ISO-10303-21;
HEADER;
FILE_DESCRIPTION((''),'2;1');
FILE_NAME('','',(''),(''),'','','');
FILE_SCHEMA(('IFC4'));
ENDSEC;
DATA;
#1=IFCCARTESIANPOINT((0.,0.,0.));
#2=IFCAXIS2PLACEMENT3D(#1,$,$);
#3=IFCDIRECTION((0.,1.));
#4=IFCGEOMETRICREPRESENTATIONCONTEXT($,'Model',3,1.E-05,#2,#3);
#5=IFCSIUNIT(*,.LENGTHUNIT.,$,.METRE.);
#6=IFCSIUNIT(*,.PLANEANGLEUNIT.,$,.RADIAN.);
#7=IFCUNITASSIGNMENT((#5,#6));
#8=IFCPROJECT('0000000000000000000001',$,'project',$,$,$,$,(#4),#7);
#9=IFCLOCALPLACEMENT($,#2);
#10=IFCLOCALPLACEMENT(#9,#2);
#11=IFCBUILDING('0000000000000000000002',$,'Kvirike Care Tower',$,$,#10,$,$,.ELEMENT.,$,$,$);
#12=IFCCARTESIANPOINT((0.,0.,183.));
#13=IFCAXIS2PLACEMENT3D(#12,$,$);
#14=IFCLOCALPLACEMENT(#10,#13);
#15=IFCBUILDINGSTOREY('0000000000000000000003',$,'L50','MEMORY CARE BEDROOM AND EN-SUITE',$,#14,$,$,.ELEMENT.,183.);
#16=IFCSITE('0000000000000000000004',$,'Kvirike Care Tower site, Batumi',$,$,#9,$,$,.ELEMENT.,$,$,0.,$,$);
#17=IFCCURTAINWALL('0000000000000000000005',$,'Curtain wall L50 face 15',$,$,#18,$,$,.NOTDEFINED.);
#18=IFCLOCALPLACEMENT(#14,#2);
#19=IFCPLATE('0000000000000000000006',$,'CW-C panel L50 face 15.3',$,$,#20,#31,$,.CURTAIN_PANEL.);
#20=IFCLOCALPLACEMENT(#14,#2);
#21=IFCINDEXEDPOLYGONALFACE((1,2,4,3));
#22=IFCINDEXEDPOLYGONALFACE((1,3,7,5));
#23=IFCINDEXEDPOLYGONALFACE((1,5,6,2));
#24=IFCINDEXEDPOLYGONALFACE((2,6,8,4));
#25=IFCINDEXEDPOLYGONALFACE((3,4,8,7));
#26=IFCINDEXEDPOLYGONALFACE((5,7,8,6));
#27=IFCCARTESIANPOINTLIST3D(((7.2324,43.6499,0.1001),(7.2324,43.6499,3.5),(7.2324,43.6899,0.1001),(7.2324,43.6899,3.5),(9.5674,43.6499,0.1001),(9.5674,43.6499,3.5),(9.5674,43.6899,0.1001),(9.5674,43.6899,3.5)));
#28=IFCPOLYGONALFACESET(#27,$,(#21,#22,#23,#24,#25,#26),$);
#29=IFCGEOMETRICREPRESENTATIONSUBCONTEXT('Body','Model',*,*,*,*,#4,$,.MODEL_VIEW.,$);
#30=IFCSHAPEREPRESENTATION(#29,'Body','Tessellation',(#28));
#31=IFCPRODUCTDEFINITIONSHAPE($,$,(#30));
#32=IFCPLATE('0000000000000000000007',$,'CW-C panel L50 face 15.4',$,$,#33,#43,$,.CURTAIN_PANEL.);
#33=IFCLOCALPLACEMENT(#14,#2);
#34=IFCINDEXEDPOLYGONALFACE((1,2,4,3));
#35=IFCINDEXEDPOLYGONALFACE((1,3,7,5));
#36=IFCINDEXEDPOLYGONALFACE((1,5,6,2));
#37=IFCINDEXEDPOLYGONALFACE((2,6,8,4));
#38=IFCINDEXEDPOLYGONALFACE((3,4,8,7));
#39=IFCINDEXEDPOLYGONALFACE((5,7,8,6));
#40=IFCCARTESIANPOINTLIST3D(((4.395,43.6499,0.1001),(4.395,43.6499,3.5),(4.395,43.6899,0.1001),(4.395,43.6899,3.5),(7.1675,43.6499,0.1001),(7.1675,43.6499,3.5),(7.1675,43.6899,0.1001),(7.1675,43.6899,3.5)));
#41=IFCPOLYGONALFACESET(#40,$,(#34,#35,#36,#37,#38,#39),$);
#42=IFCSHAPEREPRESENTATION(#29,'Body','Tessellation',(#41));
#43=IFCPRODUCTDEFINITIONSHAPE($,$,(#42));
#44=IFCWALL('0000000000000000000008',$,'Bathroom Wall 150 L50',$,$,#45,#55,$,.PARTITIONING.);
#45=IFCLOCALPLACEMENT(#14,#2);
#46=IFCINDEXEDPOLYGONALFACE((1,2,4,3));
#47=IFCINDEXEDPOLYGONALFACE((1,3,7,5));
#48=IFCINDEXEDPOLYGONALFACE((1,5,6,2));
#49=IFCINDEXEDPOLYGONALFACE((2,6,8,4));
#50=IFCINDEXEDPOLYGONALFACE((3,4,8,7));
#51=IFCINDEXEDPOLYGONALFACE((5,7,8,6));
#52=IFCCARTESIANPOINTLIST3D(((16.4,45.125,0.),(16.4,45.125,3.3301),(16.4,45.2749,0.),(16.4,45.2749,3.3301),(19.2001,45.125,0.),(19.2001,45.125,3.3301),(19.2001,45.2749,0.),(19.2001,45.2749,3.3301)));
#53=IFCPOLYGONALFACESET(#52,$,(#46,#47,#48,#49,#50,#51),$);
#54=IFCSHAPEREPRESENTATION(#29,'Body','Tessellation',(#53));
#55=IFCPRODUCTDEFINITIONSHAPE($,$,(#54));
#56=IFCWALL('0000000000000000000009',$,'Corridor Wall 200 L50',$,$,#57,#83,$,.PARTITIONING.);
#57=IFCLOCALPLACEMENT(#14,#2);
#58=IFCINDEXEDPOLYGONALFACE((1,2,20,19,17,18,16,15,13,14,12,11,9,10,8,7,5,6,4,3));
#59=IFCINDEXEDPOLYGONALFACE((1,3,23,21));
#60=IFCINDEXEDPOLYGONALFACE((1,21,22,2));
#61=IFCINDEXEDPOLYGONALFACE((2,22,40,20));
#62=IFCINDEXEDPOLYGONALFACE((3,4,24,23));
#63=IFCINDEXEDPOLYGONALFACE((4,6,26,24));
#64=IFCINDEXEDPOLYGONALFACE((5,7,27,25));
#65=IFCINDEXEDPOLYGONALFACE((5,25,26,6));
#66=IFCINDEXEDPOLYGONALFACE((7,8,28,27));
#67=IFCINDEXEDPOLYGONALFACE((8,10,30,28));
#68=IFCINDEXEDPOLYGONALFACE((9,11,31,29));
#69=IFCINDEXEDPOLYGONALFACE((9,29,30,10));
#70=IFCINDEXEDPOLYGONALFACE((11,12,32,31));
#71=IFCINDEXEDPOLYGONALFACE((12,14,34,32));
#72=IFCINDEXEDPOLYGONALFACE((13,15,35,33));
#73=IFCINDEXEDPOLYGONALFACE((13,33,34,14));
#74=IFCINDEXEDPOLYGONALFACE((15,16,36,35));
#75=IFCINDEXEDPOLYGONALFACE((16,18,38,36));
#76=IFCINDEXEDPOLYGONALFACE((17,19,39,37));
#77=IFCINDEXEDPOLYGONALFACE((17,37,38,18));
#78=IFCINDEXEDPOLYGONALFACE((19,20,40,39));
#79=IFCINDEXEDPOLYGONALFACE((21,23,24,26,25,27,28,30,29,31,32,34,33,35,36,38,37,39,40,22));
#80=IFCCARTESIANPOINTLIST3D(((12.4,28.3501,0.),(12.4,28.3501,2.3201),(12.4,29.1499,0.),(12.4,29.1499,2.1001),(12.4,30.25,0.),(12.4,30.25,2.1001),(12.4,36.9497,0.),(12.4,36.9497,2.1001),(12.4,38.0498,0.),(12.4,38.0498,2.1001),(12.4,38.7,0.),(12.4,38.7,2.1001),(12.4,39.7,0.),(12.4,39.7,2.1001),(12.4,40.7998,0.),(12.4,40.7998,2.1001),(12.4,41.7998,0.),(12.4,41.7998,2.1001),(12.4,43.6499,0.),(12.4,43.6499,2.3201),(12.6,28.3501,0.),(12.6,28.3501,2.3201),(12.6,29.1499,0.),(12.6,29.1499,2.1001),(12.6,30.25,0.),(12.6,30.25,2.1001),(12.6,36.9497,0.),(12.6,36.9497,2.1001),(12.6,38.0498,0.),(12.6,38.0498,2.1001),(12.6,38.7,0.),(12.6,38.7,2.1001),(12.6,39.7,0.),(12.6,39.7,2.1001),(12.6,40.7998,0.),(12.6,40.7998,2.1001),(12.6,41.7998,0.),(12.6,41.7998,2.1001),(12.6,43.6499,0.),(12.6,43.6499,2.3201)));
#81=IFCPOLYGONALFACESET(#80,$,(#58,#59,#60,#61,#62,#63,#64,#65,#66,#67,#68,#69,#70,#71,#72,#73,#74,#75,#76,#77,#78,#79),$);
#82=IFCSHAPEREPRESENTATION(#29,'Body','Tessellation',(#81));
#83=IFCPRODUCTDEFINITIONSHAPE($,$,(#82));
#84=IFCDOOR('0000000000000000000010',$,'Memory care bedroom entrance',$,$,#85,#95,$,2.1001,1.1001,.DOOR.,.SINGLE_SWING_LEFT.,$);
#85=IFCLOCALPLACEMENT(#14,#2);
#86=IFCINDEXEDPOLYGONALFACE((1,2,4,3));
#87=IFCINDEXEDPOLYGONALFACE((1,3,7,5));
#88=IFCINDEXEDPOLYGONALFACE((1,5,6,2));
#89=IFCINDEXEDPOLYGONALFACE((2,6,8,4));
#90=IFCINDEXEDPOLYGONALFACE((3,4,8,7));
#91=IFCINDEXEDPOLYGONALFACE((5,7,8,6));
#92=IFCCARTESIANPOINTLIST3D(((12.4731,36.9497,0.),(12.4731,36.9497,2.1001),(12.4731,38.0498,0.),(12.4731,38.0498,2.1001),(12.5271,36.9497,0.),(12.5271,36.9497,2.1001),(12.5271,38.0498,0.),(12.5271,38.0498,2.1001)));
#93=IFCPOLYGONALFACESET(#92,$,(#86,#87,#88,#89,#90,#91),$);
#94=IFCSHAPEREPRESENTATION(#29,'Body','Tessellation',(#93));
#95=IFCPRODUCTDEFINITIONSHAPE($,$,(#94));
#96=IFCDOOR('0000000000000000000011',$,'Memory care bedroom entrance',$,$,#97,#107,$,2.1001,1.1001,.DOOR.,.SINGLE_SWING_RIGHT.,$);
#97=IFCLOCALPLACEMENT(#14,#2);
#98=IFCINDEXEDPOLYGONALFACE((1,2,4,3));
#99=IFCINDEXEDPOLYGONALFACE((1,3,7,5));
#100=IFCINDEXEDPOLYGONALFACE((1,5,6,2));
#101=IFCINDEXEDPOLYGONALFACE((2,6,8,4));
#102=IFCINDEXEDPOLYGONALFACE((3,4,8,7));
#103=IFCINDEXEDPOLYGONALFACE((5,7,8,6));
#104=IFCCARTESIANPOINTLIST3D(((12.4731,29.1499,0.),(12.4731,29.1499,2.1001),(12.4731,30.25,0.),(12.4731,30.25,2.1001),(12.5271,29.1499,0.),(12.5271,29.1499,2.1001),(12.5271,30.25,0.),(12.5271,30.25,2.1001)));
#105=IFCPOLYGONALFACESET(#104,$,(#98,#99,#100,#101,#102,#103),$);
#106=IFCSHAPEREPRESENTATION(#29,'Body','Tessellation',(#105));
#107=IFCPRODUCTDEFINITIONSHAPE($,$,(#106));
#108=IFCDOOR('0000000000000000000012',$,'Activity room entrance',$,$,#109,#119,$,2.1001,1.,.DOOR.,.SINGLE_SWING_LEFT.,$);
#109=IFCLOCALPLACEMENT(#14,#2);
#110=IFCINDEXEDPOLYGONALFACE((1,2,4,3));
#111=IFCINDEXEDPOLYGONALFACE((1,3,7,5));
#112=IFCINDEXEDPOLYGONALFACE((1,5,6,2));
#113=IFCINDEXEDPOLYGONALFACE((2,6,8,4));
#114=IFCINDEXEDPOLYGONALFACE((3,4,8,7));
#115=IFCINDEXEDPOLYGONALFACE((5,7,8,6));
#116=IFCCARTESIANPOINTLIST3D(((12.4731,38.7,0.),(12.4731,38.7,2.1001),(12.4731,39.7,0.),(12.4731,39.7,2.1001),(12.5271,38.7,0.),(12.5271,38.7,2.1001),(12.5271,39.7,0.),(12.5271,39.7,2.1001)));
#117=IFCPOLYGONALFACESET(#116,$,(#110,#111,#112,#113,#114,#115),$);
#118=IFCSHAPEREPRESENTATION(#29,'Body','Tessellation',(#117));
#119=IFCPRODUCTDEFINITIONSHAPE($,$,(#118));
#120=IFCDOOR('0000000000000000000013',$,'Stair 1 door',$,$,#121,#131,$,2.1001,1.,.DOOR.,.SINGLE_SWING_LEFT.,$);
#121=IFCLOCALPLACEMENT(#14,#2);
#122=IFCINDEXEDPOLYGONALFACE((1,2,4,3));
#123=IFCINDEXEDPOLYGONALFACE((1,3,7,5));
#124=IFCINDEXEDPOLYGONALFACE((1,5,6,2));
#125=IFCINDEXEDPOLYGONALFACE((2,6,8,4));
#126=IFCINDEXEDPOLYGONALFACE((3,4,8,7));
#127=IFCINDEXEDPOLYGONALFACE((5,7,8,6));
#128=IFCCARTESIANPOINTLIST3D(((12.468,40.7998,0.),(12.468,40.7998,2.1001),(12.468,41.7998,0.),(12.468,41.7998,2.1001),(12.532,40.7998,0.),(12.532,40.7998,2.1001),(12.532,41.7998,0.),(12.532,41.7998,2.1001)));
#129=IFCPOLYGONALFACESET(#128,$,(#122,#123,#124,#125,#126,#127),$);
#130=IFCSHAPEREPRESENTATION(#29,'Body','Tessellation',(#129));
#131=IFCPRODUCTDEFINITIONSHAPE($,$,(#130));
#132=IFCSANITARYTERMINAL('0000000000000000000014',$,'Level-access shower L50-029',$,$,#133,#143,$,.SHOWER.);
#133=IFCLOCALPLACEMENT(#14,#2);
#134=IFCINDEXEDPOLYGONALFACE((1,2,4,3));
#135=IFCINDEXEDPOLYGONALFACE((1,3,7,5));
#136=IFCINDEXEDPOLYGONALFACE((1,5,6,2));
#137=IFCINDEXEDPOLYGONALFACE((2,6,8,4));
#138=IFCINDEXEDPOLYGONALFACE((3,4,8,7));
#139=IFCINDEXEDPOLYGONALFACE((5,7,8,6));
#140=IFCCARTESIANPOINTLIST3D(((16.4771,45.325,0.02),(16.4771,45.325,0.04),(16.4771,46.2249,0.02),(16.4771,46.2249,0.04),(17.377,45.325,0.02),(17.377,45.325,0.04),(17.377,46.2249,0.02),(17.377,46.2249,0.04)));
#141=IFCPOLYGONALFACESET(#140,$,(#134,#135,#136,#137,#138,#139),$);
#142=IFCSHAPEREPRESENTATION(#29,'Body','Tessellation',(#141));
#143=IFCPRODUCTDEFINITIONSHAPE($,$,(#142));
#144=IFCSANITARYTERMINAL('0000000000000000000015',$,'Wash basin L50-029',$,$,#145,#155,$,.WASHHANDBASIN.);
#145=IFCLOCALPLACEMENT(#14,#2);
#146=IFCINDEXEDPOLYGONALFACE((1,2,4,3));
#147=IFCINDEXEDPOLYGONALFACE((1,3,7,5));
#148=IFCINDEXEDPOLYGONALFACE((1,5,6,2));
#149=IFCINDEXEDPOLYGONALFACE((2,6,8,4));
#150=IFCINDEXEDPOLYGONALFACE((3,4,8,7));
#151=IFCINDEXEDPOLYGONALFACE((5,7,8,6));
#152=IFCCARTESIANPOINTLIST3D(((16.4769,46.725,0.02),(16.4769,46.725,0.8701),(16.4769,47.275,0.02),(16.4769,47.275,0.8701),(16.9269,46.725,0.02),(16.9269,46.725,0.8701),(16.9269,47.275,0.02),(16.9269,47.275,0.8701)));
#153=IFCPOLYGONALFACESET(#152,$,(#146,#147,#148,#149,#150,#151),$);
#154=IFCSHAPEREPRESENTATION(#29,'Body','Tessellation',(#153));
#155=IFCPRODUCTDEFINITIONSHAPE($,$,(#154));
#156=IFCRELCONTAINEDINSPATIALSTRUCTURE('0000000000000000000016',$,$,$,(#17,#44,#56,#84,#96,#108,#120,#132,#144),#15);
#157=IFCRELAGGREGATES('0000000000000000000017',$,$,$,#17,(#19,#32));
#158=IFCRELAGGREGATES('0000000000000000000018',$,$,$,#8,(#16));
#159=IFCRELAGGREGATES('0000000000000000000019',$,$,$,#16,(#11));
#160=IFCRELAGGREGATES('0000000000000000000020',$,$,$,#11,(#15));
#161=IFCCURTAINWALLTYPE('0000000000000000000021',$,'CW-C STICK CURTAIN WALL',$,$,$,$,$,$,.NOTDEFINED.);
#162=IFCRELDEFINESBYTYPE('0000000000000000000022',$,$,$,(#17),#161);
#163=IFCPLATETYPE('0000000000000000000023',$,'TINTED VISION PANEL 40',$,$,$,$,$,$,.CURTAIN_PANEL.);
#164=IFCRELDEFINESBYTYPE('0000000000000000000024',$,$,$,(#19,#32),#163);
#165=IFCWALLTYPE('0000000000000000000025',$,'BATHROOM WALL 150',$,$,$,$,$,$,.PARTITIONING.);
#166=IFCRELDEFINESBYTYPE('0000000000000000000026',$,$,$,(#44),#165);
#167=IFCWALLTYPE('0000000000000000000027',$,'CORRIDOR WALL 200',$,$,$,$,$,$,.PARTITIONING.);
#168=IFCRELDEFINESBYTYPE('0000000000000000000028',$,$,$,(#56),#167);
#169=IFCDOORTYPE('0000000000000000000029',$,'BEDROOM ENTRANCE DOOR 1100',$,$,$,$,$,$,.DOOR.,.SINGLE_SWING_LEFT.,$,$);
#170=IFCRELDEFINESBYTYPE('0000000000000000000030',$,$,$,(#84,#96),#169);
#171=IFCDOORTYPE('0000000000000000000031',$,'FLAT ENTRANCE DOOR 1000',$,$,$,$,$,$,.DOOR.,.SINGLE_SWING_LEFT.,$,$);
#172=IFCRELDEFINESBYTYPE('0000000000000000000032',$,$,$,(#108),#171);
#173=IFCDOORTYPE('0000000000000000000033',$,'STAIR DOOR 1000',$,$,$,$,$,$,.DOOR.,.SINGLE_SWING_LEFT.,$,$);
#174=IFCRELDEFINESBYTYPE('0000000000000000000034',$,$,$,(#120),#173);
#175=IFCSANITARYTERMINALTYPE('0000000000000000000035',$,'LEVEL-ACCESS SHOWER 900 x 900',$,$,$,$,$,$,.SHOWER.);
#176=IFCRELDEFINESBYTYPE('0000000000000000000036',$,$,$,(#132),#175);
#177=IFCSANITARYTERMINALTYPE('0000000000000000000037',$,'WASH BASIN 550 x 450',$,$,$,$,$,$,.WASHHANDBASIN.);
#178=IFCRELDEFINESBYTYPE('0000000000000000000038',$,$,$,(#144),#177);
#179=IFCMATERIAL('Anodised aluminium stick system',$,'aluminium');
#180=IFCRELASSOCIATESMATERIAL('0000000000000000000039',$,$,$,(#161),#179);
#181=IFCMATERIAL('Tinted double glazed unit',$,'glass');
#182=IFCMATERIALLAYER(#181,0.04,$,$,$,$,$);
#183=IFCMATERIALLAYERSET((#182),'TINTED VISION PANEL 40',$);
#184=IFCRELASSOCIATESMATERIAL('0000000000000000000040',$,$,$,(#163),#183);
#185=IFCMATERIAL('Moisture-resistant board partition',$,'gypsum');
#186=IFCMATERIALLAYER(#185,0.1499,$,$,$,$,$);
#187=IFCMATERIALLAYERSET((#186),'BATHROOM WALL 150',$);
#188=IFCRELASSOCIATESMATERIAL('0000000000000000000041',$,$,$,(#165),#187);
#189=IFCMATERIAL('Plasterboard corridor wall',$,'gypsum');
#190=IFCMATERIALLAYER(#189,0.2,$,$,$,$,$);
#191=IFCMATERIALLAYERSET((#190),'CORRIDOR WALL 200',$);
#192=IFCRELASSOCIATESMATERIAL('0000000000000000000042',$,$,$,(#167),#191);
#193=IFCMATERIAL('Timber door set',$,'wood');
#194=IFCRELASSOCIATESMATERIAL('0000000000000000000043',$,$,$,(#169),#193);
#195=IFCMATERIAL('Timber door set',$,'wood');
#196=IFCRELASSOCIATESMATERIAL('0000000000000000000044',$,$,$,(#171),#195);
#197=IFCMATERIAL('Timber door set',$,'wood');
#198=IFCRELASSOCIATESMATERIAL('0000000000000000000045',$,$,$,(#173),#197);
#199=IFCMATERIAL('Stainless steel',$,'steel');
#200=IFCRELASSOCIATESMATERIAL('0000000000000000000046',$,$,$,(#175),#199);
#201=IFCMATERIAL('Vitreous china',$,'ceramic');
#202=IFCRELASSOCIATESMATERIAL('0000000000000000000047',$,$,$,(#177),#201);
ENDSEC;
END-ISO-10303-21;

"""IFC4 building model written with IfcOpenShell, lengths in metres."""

from ifc_helpers import new_model, si_unit, direction, frame, frame_2d, origin, origin_2d, place, context, subcontext, project, spatial, rectangle, extrude, material, layer, layer_set, type_object, element, fill, aggregate, save


model = new_model("IFC4")

# Units and contexts
model_context = context("Model", 3, precision=1e-05, world=origin(), true_north=direction((0.0, 1.0)))
body_context = subcontext(model_context, "Body", "Model", "MODEL_VIEW")
ifc_project = project(units=[si_unit("LENGTHUNIT", "METRE"), si_unit("PLANEANGLEUNIT", "RADIAN")], contexts=[model_context])

# Site, building, storey
site_placement = place(None, origin())
site = spatial("IfcSite", under=ifc_project, at=site_placement, Name="Kvirike Care Tower site, Batumi", CompositionType="ELEMENT", RefElevation=0.0)
building_placement = place(site_placement, origin())
building = spatial("IfcBuilding", under=site, at=building_placement, Name="Kvirike Care Tower", CompositionType="ELEMENT")
storey_placement = place(building_placement, frame((0.0, 0.0, 183.0)))
storey = spatial("IfcBuildingStorey", under=building, at=storey_placement, Name="L50", Description="MEMORY CARE BEDROOM AND EN-SUITE", CompositionType="ELEMENT", Elevation=183.0)

# Curtain wall
ifc_material_1 = material(Name="Anodised aluminium stick system", Category="aluminium")
curtain_wall_type = type_object("IfcCurtainWallType", Name="CW-C STICK CURTAIN WALL", PredefinedType="NOTDEFINED", material=ifc_material_1)
curtain_wall_1_placement = place(storey_placement, origin())
curtain_wall_1 = element("IfcCurtainWall", 1, at=curtain_wall_1_placement, inside=storey, type_object=curtain_wall_type, Name="Curtain wall L50 face 15", PredefinedType="NOTDEFINED")

# Plates
ifc_material_2 = material(Name="Tinted double glazed unit", Category="glass")
ifc_layer_1 = layer(ifc_material_2, 0.04)
ifc_layer_set_1 = layer_set([ifc_layer_1], Name="TINTED VISION PANEL 40")
plate_type = type_object("IfcPlateType", Name="TINTED VISION PANEL 40", PredefinedType="CURTAIN_PANEL", material=ifc_layer_set_1)
plate_1_placement = place(storey_placement, frame((8.3999, 43.6699, 0.1001), z_axis=(0.0, 0.0, 1.0), x_axis=(-1.0, 0.0, 0.0)))
plate_1 = element("IfcPlate", 2, at=plate_1_placement, type_object=plate_type, Name="CW-C panel L50 face 15.3", PredefinedType="CURTAIN_PANEL", context=body_context, shape_type="SweptSolid", body=[
    extrude(rectangle(XDim=2.335, YDim=0.04, at=origin_2d()), origin(), (0.0, 0.0, 1.0), 3.3999),
])
plate_2_placement = place(storey_placement, frame((5.7812, 43.6699, 0.1001), z_axis=(0.0, 0.0, 1.0), x_axis=(-1.0, 0.0, 0.0)))
plate_2 = element("IfcPlate", 3, at=plate_2_placement, type_object=plate_type, Name="CW-C panel L50 face 15.4", PredefinedType="CURTAIN_PANEL", context=body_context, shape_type="SweptSolid", body=[
    extrude(rectangle(XDim=2.7725, YDim=0.04, at=origin_2d()), origin(), (0.0, 0.0, 1.0), 3.3999),
])
aggregate(curtain_wall_1, [plate_1, plate_2])

# Wall
ifc_material_3 = material(Name="Moisture-resistant board partition", Category="gypsum")
ifc_layer_2 = layer(ifc_material_3, 0.1499)
ifc_layer_set_2 = layer_set([ifc_layer_2], Name="BATHROOM WALL 150")
wall_type_1 = type_object("IfcWallType", Name="BATHROOM WALL 150", PredefinedType="PARTITIONING", material=ifc_layer_set_2)
wall_1_placement = place(storey_placement, frame((19.2, 45.2, 0.0), z_axis=(0.0, 0.0, 1.0), x_axis=(-1.0, 0.0, 0.0)))
element("IfcWall", 4, at=wall_1_placement, inside=storey, type_object=wall_type_1, Name="Bathroom Wall 150 L50", PredefinedType="PARTITIONING", context=body_context, shape_type="SweptSolid", body=[
    extrude(rectangle(XDim=2.8, YDim=0.1499, at=frame_2d((1.3999, 0.0))), origin(), (0.0, 0.0, 1.0), 3.3301),
])

# Wall, openings, doors
ifc_material_4 = material(Name="Plasterboard corridor wall", Category="gypsum")
ifc_layer_3 = layer(ifc_material_4, 0.2)
ifc_layer_set_3 = layer_set([ifc_layer_3], Name="CORRIDOR WALL 200")
wall_type_2 = type_object("IfcWallType", Name="CORRIDOR WALL 200", PredefinedType="PARTITIONING", material=ifc_layer_set_3)
wall_2_placement = place(storey_placement, frame((12.5, 43.6499, 0.0), z_axis=(0.0, 0.0, 1.0), x_axis=(0.0, -1.0, 0.0)))
wall_2 = element("IfcWall", 5, at=wall_2_placement, inside=storey, type_object=wall_type_2, Name="Corridor Wall 200 L50", PredefinedType="PARTITIONING", context=body_context, shape_type="SweptSolid", body=[
    extrude(rectangle(XDim=15.2998, YDim=0.2, at=frame_2d((7.6499, 0.0))), origin(), (0.0, 0.0, 1.0), 2.3201),
])
opening_1_placement = place(wall_2_placement, frame((1.8501, 0.0, 0.0)))
opening_1 = element("IfcOpeningElement", 6, at=opening_1_placement, cuts=wall_2, PredefinedType="OPENING", context=body_context, shape_type="SweptSolid", body=[
    extrude(rectangle(XDim=1.0, YDim=2.1001, at=frame_2d((0.5, 1.05))), frame((0.0, 0.1106, 0.0), z_axis=(0.0, -1.0, 0.0), x_axis=(1.0, 0.0, 0.0)), (0.0, 0.0, 1.0), 0.2209),
])
opening_2_placement = place(wall_2_placement, frame((3.95, 0.0, 0.0)))
opening_2 = element("IfcOpeningElement", 7, at=opening_2_placement, cuts=wall_2, PredefinedType="OPENING", context=body_context, shape_type="SweptSolid", body=[
    extrude(rectangle(XDim=1.0, YDim=2.1001, at=frame_2d((0.5, 1.05))), frame((0.0, 0.1106, 0.0), z_axis=(0.0, -1.0, 0.0), x_axis=(1.0, 0.0, 0.0)), (0.0, 0.0, 1.0), 0.2209),
])
opening_3_placement = place(wall_2_placement, frame((5.6001, 0.0, 0.0)))
opening_3 = element("IfcOpeningElement", 8, at=opening_3_placement, cuts=wall_2, PredefinedType="OPENING", context=body_context, shape_type="SweptSolid", body=[
    extrude(rectangle(XDim=1.1001, YDim=2.1001, at=frame_2d((0.55, 1.05))), frame((0.0, 0.1106, 0.0), z_axis=(0.0, -1.0, 0.0), x_axis=(1.0, 0.0, 0.0)), (0.0, 0.0, 1.0), 0.2209),
])
opening_4_placement = place(wall_2_placement, frame((13.3999, 0.0, 0.0)))
opening_4 = element("IfcOpeningElement", 9, at=opening_4_placement, cuts=wall_2, PredefinedType="OPENING", context=body_context, shape_type="SweptSolid", body=[
    extrude(rectangle(XDim=1.1001, YDim=2.1001, at=frame_2d((0.55, 1.05))), frame((0.0, 0.1106, 0.0), z_axis=(0.0, -1.0, 0.0), x_axis=(1.0, 0.0, 0.0)), (0.0, 0.0, 1.0), 0.2209),
])
ifc_material_5 = material(Name="Timber door set", Category="wood")
door_type_1 = type_object("IfcDoorType", Name="BEDROOM ENTRANCE DOOR 1100", OperationType="SINGLE_SWING_LEFT", PredefinedType="DOOR", material=ifc_material_5)
door_1_placement = place(opening_3_placement, frame((1.1001, 0.0, 0.0), z_axis=(0.0, 0.0, 1.0), x_axis=(-1.0, 0.0, 0.0)))
door_1 = element("IfcDoor", 10, at=door_1_placement, inside=storey, type_object=door_type_1, Name="Memory care bedroom entrance", OperationType="SINGLE_SWING_LEFT", OverallHeight=2.1001, OverallWidth=1.1001, PredefinedType="DOOR", context=body_context, shape_type="SweptSolid", body=[
    extrude(rectangle(XDim=1.1001, YDim=2.1001, at=frame_2d((0.55, 1.05))), frame((0.0, 0.0269, 0.0), z_axis=(0.0, -1.0, 0.0), x_axis=(1.0, 0.0, 0.0)), (0.0, 0.0, 1.0), 0.054),
])
fill(opening_3, door_1)
door_2_placement = place(opening_4_placement, frame((1.1001, 0.0, 0.0), z_axis=(0.0, 0.0, 1.0), x_axis=(-1.0, 0.0, 0.0)))
door_2 = element("IfcDoor", 11, at=door_2_placement, inside=storey, type_object=door_type_1, Name="Memory care bedroom entrance", OperationType="SINGLE_SWING_RIGHT", OverallHeight=2.1001, OverallWidth=1.1001, PredefinedType="DOOR", context=body_context, shape_type="SweptSolid", body=[
    extrude(rectangle(XDim=1.1001, YDim=2.1001, at=frame_2d((0.55, 1.05))), frame((0.0, 0.0269, 0.0), z_axis=(0.0, -1.0, 0.0), x_axis=(1.0, 0.0, 0.0)), (0.0, 0.0, 1.0), 0.054),
])
fill(opening_4, door_2)
ifc_material_6 = material(Name="Timber door set", Category="wood")
door_type_2 = type_object("IfcDoorType", Name="FLAT ENTRANCE DOOR 1000", OperationType="SINGLE_SWING_LEFT", PredefinedType="DOOR", material=ifc_material_6)
door_3_placement = place(opening_2_placement, frame((1.0, 0.0, 0.0), z_axis=(0.0, 0.0, 1.0), x_axis=(-1.0, 0.0, 0.0)))
door_3 = element("IfcDoor", 12, at=door_3_placement, inside=storey, type_object=door_type_2, Name="Activity room entrance", OperationType="SINGLE_SWING_LEFT", OverallHeight=2.1001, OverallWidth=1.0, PredefinedType="DOOR", context=body_context, shape_type="SweptSolid", body=[
    extrude(rectangle(XDim=1.0, YDim=2.1001, at=frame_2d((0.5, 1.05))), frame((0.0, 0.0269, 0.0), z_axis=(0.0, -1.0, 0.0), x_axis=(1.0, 0.0, 0.0)), (0.0, 0.0, 1.0), 0.054),
])
fill(opening_2, door_3)
ifc_material_7 = material(Name="Timber door set", Category="wood")
door_type_3 = type_object("IfcDoorType", Name="STAIR DOOR 1000", OperationType="SINGLE_SWING_LEFT", PredefinedType="DOOR", material=ifc_material_7)
door_4_placement = place(opening_1_placement, frame((1.0, 0.0, 0.0), z_axis=(0.0, 0.0, 1.0), x_axis=(-1.0, 0.0, 0.0)))
door_4 = element("IfcDoor", 13, at=door_4_placement, inside=storey, type_object=door_type_3, Name="Stair 1 door", OperationType="SINGLE_SWING_LEFT", OverallHeight=2.1001, OverallWidth=1.0, PredefinedType="DOOR", context=body_context, shape_type="SweptSolid", body=[
    extrude(rectangle(XDim=1.0, YDim=2.1001, at=frame_2d((0.5, 1.05))), frame((0.0, 0.032, 0.0), z_axis=(0.0, -1.0, 0.0), x_axis=(1.0, 0.0, 0.0)), (0.0, 0.0, 1.0), 0.064),
])
fill(opening_1, door_4)

# Sanitary terminals
ifc_material_8 = material(Name="Stainless steel", Category="steel")
sanitary_terminal_type_1 = type_object("IfcSanitaryTerminalType", Name="LEVEL-ACCESS SHOWER 900 x 900", PredefinedType="SHOWER", material=ifc_material_8)
sanitary_terminal_1_placement = place(storey_placement, frame((16.927, 45.7749, 0.02), z_axis=(0.0, 0.0, 1.0), x_axis=(0.0, 1.0, 0.0)))
element("IfcSanitaryTerminal", 14, at=sanitary_terminal_1_placement, inside=storey, type_object=sanitary_terminal_type_1, Name="Level-access shower L50-029", PredefinedType="SHOWER", context=body_context, shape_type="SweptSolid", body=[
    extrude(rectangle(XDim=0.8999, YDim=0.8999, at=origin_2d()), origin(), (0.0, 0.0, 1.0), 0.02),
])
ifc_material_9 = material(Name="Vitreous china", Category="ceramic")
sanitary_terminal_type_2 = type_object("IfcSanitaryTerminalType", Name="WASH BASIN 550 x 450", PredefinedType="WASHHANDBASIN", material=ifc_material_9)
sanitary_terminal_2_placement = place(storey_placement, frame((16.7019, 47.0, 0.02), z_axis=(0.0, 0.0, 1.0), x_axis=(0.0, 1.0, 0.0)))
element("IfcSanitaryTerminal", 15, at=sanitary_terminal_2_placement, inside=storey, type_object=sanitary_terminal_type_2, Name="Wash basin L50-029", PredefinedType="WASHHANDBASIN", context=body_context, shape_type="SweptSolid", body=[
    extrude(rectangle(XDim=0.55, YDim=0.45, at=origin_2d()), origin(), (0.0, 0.0, 1.0), 0.8501),
])

save(model, "model.ifc")
